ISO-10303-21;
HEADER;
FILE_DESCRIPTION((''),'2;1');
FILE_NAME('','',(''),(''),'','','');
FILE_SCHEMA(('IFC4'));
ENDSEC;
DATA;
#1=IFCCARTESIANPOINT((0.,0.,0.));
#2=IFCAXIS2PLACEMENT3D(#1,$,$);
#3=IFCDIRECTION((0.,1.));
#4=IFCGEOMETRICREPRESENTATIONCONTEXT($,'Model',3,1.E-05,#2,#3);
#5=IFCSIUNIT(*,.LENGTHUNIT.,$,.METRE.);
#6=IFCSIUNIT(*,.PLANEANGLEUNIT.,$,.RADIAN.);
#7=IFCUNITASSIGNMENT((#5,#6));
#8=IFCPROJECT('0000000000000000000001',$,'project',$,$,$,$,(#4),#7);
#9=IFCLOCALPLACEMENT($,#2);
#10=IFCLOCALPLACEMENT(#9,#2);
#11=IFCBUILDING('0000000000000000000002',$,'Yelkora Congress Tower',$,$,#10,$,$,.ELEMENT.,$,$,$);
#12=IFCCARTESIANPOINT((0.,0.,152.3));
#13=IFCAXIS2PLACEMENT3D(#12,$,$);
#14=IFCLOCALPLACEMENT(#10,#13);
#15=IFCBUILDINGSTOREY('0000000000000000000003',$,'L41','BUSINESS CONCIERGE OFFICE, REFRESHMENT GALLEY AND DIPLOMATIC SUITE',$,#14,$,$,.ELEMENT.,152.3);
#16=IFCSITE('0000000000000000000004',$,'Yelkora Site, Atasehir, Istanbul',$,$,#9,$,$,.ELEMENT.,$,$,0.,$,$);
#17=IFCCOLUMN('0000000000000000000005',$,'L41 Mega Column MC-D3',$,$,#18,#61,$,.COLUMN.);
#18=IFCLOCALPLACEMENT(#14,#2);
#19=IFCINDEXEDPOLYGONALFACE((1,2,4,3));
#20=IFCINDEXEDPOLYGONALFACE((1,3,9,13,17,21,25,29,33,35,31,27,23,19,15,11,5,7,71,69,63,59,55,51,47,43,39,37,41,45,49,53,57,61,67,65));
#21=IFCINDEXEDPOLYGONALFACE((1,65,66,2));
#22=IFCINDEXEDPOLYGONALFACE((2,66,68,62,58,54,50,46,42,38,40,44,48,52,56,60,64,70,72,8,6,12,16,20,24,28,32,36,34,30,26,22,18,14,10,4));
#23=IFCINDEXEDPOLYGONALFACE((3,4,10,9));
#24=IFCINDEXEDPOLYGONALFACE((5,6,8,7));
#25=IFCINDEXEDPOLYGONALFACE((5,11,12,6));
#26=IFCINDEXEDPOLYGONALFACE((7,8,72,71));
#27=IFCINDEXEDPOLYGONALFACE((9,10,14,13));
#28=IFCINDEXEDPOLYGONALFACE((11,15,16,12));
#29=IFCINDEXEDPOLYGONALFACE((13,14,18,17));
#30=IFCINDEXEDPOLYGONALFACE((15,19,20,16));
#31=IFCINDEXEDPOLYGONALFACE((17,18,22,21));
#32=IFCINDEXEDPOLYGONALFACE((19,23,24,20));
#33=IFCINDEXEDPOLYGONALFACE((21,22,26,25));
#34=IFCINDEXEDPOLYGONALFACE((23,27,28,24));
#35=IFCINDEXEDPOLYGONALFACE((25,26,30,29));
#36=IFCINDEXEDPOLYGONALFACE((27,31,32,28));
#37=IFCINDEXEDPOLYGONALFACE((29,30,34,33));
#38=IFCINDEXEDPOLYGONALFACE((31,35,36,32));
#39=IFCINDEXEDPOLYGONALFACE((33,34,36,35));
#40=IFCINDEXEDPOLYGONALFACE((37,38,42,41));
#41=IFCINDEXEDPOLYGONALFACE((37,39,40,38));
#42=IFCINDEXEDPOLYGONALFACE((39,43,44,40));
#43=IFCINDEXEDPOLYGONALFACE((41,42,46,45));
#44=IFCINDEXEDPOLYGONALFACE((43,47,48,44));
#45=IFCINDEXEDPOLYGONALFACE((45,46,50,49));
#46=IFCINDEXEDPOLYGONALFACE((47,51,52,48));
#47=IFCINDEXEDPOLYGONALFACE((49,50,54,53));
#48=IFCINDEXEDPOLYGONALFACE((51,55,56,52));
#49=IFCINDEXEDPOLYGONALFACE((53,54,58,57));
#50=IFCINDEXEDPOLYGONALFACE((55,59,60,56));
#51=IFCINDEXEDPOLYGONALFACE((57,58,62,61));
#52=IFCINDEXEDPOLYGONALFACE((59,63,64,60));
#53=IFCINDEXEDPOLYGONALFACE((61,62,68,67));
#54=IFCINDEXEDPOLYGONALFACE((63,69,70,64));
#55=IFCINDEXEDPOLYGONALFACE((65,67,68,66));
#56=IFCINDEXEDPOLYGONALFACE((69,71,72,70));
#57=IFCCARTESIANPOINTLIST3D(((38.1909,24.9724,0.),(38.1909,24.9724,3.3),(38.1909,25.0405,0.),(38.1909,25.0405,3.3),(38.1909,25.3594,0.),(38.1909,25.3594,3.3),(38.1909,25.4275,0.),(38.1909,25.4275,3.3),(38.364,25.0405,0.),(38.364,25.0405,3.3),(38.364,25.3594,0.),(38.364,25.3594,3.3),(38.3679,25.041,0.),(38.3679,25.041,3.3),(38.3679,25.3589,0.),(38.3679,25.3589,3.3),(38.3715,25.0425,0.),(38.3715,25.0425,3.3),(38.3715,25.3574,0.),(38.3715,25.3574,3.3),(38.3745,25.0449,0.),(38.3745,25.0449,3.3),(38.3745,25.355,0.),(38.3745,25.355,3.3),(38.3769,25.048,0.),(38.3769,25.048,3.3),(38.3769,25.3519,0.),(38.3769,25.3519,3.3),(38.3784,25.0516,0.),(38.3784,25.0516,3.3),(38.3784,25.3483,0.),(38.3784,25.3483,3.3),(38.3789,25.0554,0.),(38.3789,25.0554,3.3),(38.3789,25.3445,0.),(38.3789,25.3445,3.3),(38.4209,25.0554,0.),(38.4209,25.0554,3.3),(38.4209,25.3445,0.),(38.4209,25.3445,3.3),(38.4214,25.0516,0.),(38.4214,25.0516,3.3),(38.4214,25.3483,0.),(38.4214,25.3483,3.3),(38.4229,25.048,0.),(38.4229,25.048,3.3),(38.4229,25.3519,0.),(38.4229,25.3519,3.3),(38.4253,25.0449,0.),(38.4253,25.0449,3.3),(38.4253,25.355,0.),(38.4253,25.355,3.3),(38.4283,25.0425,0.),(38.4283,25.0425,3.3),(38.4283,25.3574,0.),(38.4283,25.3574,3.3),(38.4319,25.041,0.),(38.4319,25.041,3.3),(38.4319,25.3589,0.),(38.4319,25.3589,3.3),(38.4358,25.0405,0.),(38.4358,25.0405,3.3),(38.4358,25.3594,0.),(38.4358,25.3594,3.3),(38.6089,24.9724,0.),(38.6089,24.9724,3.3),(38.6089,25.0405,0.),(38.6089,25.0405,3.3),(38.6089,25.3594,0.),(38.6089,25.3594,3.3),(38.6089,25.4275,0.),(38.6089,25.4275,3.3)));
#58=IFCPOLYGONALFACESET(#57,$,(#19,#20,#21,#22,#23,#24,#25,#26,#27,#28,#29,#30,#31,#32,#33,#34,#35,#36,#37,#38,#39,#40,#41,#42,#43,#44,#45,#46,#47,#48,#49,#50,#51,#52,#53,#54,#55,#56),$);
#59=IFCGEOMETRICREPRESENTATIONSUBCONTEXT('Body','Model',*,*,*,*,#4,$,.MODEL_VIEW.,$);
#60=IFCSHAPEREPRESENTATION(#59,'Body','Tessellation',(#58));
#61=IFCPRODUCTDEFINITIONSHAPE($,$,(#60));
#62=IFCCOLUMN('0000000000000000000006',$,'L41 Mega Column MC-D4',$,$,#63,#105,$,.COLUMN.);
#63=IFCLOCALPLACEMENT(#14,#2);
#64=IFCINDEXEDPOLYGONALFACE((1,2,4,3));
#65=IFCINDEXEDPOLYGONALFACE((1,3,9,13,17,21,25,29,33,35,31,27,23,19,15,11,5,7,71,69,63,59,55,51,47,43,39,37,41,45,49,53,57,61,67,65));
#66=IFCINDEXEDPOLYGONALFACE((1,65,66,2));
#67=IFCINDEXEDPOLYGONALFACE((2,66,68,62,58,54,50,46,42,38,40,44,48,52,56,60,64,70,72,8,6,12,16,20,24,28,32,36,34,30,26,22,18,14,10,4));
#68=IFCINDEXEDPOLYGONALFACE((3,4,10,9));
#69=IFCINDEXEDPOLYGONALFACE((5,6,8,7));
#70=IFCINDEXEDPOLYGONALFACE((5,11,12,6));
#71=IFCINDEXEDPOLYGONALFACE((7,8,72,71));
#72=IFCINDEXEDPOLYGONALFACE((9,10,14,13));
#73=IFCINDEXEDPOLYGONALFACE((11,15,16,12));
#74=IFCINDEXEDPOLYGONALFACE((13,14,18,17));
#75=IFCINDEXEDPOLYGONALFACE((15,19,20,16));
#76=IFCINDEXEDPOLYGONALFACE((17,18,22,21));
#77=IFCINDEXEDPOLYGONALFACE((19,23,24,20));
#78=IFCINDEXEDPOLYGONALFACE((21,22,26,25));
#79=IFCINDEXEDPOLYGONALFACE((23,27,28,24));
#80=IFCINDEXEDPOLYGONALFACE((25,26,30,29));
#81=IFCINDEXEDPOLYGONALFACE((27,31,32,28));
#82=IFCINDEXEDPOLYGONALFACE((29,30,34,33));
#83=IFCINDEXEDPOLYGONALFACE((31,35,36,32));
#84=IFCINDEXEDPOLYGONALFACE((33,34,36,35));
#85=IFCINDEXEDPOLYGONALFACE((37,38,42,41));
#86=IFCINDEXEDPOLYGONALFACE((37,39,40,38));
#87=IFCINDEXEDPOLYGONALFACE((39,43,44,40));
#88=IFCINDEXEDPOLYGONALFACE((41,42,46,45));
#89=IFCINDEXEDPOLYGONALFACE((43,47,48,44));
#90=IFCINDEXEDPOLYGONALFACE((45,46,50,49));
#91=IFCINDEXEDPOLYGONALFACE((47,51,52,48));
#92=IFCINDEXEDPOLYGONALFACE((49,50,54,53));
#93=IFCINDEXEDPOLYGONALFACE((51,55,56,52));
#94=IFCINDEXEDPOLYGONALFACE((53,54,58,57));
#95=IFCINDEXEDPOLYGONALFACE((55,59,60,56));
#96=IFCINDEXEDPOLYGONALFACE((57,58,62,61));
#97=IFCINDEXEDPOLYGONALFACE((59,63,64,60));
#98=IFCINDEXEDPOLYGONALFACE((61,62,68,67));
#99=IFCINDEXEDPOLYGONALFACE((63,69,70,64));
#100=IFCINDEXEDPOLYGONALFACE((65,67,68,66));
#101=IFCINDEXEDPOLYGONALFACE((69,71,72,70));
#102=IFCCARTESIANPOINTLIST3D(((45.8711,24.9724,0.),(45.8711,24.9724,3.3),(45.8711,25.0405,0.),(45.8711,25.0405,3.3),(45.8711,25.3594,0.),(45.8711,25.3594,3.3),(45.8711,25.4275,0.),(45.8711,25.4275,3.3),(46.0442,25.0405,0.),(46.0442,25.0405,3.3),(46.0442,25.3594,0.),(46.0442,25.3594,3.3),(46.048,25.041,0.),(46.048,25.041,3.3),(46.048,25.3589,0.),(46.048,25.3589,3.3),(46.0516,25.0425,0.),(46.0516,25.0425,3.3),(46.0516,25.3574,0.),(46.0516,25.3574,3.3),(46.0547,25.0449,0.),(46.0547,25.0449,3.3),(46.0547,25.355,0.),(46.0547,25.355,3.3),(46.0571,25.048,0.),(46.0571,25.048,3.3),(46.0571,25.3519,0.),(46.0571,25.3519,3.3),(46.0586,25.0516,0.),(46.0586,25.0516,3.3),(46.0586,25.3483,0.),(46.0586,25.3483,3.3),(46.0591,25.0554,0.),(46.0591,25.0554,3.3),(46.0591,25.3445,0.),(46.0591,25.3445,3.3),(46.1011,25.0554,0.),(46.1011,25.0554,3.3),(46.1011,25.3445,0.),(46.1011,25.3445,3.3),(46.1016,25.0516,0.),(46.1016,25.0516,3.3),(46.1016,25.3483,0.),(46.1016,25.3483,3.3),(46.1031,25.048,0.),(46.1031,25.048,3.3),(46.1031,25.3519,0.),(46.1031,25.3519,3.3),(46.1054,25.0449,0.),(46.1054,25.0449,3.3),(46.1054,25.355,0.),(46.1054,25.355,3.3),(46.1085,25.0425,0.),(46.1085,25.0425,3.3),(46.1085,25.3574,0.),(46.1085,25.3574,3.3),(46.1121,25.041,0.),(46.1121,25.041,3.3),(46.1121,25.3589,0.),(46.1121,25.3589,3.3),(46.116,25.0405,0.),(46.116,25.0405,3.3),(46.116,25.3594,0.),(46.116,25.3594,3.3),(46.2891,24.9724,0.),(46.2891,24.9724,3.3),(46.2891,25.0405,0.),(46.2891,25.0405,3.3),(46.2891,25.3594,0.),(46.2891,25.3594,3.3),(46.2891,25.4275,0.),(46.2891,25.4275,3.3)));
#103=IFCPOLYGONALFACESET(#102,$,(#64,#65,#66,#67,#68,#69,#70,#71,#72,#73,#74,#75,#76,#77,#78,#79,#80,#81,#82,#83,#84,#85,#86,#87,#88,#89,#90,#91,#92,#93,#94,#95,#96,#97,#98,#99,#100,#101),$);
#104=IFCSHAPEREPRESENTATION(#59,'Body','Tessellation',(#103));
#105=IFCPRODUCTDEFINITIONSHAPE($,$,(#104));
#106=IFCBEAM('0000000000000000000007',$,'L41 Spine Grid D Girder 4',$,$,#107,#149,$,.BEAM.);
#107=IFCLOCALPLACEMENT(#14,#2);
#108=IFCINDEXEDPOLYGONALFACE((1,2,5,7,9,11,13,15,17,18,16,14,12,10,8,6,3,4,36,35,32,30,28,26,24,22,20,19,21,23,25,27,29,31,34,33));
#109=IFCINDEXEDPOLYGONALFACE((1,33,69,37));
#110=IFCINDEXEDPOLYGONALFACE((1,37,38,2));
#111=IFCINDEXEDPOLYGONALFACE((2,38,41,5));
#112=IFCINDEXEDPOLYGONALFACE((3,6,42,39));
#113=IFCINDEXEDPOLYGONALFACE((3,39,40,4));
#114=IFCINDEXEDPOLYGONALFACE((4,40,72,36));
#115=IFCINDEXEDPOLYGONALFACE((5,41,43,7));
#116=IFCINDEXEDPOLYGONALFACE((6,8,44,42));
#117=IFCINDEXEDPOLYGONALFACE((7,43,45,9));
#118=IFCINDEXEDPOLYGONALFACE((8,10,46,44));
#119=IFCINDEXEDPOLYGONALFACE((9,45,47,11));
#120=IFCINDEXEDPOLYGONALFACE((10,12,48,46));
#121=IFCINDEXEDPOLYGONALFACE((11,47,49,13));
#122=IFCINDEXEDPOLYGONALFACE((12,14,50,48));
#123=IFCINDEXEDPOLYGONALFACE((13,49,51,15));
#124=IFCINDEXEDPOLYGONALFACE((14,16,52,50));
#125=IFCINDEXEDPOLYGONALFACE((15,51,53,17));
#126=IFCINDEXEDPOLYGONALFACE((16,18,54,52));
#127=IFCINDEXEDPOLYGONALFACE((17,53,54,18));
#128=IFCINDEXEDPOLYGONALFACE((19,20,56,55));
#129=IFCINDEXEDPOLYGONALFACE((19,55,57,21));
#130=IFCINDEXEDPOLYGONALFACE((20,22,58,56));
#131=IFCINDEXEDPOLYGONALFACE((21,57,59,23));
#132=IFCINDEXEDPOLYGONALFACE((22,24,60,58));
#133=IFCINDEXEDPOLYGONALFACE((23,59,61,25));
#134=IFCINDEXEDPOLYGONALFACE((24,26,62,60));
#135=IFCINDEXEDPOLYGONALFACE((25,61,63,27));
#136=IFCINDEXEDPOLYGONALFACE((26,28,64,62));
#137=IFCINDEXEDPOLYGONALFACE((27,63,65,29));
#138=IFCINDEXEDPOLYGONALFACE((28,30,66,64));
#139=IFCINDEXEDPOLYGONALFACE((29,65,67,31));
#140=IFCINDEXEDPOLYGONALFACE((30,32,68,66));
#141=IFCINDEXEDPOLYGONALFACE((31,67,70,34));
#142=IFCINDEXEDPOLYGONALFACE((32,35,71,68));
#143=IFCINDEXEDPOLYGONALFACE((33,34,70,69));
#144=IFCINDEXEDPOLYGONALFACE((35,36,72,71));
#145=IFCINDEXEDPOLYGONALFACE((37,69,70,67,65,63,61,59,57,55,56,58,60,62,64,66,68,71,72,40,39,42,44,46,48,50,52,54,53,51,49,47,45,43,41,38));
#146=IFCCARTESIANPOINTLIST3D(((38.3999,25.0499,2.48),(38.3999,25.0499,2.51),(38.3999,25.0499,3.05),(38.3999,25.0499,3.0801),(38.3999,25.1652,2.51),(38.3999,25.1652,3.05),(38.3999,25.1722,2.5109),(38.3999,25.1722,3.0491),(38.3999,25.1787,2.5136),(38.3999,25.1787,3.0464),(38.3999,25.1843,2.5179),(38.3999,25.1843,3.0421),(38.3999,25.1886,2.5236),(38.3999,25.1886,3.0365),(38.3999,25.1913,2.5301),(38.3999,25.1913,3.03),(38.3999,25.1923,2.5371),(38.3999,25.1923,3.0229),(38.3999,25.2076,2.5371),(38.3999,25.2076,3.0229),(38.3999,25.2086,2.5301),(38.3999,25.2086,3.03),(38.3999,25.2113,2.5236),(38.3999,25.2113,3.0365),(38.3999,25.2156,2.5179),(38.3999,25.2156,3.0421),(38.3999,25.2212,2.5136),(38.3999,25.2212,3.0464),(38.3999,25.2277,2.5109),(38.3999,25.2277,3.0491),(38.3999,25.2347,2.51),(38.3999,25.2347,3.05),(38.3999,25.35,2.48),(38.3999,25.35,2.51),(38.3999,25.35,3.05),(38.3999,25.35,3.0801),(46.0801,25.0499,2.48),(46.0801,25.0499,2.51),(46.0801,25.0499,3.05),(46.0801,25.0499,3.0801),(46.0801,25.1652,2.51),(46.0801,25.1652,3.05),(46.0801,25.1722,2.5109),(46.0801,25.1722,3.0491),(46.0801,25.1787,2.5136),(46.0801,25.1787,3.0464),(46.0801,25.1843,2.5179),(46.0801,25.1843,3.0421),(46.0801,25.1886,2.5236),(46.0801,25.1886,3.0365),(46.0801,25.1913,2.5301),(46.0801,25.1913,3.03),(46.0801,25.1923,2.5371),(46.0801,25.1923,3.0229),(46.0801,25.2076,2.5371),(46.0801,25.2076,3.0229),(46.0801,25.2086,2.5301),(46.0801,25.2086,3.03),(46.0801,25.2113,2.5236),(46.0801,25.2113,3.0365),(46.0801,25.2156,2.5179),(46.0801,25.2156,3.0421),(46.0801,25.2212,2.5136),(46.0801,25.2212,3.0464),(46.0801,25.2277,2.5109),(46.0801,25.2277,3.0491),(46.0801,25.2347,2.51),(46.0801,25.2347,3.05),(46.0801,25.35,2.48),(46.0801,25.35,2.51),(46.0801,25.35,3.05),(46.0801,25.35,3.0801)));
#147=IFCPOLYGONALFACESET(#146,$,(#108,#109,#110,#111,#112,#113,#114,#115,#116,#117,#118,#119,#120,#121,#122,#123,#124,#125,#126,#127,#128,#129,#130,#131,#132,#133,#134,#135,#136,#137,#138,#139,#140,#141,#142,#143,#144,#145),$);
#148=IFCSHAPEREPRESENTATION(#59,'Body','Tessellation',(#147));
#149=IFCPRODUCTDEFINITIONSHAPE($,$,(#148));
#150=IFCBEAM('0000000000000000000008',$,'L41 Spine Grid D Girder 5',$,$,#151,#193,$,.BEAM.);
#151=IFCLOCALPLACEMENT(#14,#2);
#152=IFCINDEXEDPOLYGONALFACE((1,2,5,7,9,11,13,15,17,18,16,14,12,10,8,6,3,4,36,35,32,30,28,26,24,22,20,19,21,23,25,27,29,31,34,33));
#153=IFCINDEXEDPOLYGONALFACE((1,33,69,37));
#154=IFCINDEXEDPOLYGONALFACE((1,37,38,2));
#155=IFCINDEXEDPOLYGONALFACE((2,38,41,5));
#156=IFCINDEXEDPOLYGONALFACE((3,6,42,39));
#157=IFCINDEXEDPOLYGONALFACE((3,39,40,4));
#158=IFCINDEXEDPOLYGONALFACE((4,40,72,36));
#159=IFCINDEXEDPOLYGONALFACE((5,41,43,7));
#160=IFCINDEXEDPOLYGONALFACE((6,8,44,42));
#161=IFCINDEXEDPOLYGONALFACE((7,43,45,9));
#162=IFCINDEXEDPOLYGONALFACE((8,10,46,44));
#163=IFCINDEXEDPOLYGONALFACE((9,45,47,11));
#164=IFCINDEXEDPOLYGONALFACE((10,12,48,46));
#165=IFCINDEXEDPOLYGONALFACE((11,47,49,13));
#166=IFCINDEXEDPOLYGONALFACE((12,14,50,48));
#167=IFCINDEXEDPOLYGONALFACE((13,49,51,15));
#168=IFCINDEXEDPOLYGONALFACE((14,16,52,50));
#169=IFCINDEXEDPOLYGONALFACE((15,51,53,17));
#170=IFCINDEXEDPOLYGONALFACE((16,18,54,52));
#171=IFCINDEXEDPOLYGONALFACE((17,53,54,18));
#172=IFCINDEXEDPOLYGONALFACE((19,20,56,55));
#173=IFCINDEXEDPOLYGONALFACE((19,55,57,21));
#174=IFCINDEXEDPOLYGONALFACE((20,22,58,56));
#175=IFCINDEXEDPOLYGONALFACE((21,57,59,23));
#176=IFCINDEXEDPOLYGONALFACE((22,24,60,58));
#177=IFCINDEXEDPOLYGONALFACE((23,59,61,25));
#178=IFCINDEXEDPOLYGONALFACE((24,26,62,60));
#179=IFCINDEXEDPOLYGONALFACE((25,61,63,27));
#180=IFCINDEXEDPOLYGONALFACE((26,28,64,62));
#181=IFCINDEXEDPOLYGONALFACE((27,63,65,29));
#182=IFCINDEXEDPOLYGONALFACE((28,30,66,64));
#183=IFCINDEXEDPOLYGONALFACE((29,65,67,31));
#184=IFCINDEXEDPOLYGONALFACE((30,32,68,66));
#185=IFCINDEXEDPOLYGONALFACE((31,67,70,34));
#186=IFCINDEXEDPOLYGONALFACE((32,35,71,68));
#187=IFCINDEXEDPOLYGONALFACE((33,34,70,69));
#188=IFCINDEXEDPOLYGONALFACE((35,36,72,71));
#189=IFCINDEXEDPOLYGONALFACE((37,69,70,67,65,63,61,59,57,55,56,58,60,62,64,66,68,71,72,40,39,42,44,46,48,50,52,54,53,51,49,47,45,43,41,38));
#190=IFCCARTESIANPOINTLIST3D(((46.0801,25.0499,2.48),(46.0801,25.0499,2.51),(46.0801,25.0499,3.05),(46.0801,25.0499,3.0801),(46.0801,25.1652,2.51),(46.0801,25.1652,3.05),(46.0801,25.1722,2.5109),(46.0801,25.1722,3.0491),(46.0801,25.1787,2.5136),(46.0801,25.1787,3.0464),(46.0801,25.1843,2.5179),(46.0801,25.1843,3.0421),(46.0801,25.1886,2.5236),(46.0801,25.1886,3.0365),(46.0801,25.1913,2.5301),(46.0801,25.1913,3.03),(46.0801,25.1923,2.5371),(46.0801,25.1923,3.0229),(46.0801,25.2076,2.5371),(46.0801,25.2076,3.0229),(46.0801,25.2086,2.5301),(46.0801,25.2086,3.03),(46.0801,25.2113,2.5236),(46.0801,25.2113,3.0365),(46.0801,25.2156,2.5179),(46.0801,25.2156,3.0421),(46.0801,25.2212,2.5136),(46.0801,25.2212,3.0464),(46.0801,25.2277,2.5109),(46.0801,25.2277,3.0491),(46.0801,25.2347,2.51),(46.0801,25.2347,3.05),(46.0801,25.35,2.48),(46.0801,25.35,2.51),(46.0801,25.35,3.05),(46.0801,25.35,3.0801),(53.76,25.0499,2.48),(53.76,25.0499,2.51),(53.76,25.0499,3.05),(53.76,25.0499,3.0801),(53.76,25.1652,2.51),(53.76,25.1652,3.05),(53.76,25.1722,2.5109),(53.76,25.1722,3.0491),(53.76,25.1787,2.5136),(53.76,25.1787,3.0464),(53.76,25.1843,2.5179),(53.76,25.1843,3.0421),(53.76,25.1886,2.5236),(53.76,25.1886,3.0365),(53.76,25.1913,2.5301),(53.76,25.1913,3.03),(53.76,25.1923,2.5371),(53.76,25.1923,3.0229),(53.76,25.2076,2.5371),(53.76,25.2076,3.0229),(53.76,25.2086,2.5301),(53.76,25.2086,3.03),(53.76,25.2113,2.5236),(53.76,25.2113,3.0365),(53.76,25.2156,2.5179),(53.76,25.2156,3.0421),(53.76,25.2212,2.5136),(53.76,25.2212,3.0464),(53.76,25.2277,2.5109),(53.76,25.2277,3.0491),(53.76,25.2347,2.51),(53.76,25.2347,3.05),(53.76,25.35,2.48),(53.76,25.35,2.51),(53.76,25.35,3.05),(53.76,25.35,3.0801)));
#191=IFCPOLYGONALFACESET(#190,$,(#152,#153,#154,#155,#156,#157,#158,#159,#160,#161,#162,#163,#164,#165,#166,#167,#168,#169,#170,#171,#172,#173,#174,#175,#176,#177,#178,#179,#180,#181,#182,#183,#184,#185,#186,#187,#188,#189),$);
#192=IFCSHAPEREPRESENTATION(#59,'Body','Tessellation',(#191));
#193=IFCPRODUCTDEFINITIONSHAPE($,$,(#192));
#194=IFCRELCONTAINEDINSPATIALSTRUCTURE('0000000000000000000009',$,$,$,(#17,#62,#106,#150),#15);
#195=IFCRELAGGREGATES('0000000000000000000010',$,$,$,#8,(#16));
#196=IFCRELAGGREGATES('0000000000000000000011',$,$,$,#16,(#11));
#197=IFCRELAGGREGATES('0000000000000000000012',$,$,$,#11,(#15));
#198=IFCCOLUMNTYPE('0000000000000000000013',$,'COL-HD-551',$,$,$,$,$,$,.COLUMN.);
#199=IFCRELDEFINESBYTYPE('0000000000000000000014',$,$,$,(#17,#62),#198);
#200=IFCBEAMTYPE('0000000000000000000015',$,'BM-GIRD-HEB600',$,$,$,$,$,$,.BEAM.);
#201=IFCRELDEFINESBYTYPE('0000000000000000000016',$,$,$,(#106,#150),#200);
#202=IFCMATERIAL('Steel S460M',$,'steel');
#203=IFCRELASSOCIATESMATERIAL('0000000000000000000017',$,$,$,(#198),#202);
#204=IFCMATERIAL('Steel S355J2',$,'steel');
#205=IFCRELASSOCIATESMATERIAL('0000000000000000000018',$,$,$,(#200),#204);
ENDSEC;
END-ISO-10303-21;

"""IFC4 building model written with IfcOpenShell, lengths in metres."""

from ifc_helpers import new_model, si_unit, direction, frame, origin, origin_2d, place, context, subcontext, project, spatial, i_section, extrude, material, material_profile, profile_set, type_object, element, save


model = new_model("IFC4")

# Units and contexts
model_context = context("Model", 3, precision=1e-05, world=origin(), true_north=direction((0.0, 1.0)))
body_context = subcontext(model_context, "Body", "Model", "MODEL_VIEW")
ifc_project = project(units=[si_unit("LENGTHUNIT", "METRE"), si_unit("PLANEANGLEUNIT", "RADIAN")], contexts=[model_context])

# Site, building, storey
site_placement = place(None, origin())
site = spatial("IfcSite", under=ifc_project, at=site_placement, Name="Yelkora Site, Atasehir, Istanbul", CompositionType="ELEMENT", RefElevation=0.0)
building_placement = place(site_placement, origin())
building = spatial("IfcBuilding", under=site, at=building_placement, Name="Yelkora Congress Tower", CompositionType="ELEMENT")
storey_placement = place(building_placement, frame((0.0, 0.0, 152.3)))
storey = spatial("IfcBuildingStorey", under=building, at=storey_placement, Name="L41", Description="BUSINESS CONCIERGE OFFICE, REFRESHMENT GALLEY AND DIPLOMATIC SUITE", CompositionType="ELEMENT", Elevation=152.3)

# Columns
ifc_material_1 = material(Name="Steel S460M", Category="steel")
ifc_material_profile_1 = material_profile(ifc_material_1, i_section(OverallWidth=0.418, OverallDepth=0.4551, WebThickness=0.042, FlangeThickness=0.0681, FilletRadius=0.0149, at=origin_2d()), Name="HD 400x551")
ifc_profile_set_1 = profile_set([ifc_material_profile_1], Name="Steel S460M")
column_type = type_object("IfcColumnType", Name="COL-HD-551", PredefinedType="COLUMN", material=ifc_profile_set_1)
for number, where, z_axis, x_axis, name in (
    (1, (38.3999, 25.2, 0.0), (0.0, 0.0, 1.0), (1.0, 0.0, 0.0), "L41 Mega Column MC-D3"),
    (2, (46.0801, 25.2, 0.0), (0.0, 0.0, 1.0), (1.0, 0.0, 0.0), "L41 Mega Column MC-D4"),
):
    element("IfcColumn", number, at=place(storey_placement, frame(where, z_axis=z_axis, x_axis=x_axis)), inside=storey, type_object=column_type, Name=name, PredefinedType="COLUMN", context=body_context, shape_type="SweptSolid", body=[
        extrude(i_section(OverallWidth=0.418, OverallDepth=0.4551, WebThickness=0.042, FlangeThickness=0.0681, FilletRadius=0.0149, at=origin_2d()), origin(), (0.0, 0.0, 1.0), 3.3),
    ])

# Beams
ifc_material_2 = material(Name="Steel S355J2", Category="steel")
ifc_material_profile_2 = material_profile(ifc_material_2, i_section(OverallWidth=0.3, OverallDepth=0.6001, WebThickness=0.0154, FlangeThickness=0.03, FilletRadius=0.0271, at=origin_2d()), Name="HEB 600")
ifc_profile_set_2 = profile_set([ifc_material_profile_2], Name="Steel S355J2")
beam_type_1 = type_object("IfcBeamType", Name="BM-GIRD-HEB600", PredefinedType="BEAM", material=ifc_profile_set_2)
beam_1_placement = place(storey_placement, frame((38.3999, 25.2, 2.78), z_axis=(1.0, 0.0, 0.0), x_axis=(0.0, 1.0, 0.0)))
element("IfcBeam", 3, at=beam_1_placement, inside=storey, type_object=beam_type_1, Name="L41 Spine Grid D Girder 4", PredefinedType="BEAM", context=body_context, shape_type="SweptSolid", body=[
    extrude(i_section(OverallWidth=0.3, OverallDepth=0.6001, WebThickness=0.0154, FlangeThickness=0.03, FilletRadius=0.0271, at=origin_2d()), origin(), (0.0, 0.0, 1.0), 7.6802),
])
beam_2_placement = place(storey_placement, frame((46.0801, 25.2, 2.78), z_axis=(1.0, 0.0, 0.0), x_axis=(0.0, 1.0, 0.0)))
element("IfcBeam", 4, at=beam_2_placement, inside=storey, type_object=beam_type_1, Name="L41 Spine Grid D Girder 5", PredefinedType="BEAM", context=body_context, shape_type="SweptSolid", body=[
    extrude(i_section(OverallWidth=0.3, OverallDepth=0.6001, WebThickness=0.0154, FlangeThickness=0.03, FilletRadius=0.0271, at=origin_2d()), origin(), (0.0, 0.0, 1.0), 7.6799),
])

save(model, "model.ifc")
